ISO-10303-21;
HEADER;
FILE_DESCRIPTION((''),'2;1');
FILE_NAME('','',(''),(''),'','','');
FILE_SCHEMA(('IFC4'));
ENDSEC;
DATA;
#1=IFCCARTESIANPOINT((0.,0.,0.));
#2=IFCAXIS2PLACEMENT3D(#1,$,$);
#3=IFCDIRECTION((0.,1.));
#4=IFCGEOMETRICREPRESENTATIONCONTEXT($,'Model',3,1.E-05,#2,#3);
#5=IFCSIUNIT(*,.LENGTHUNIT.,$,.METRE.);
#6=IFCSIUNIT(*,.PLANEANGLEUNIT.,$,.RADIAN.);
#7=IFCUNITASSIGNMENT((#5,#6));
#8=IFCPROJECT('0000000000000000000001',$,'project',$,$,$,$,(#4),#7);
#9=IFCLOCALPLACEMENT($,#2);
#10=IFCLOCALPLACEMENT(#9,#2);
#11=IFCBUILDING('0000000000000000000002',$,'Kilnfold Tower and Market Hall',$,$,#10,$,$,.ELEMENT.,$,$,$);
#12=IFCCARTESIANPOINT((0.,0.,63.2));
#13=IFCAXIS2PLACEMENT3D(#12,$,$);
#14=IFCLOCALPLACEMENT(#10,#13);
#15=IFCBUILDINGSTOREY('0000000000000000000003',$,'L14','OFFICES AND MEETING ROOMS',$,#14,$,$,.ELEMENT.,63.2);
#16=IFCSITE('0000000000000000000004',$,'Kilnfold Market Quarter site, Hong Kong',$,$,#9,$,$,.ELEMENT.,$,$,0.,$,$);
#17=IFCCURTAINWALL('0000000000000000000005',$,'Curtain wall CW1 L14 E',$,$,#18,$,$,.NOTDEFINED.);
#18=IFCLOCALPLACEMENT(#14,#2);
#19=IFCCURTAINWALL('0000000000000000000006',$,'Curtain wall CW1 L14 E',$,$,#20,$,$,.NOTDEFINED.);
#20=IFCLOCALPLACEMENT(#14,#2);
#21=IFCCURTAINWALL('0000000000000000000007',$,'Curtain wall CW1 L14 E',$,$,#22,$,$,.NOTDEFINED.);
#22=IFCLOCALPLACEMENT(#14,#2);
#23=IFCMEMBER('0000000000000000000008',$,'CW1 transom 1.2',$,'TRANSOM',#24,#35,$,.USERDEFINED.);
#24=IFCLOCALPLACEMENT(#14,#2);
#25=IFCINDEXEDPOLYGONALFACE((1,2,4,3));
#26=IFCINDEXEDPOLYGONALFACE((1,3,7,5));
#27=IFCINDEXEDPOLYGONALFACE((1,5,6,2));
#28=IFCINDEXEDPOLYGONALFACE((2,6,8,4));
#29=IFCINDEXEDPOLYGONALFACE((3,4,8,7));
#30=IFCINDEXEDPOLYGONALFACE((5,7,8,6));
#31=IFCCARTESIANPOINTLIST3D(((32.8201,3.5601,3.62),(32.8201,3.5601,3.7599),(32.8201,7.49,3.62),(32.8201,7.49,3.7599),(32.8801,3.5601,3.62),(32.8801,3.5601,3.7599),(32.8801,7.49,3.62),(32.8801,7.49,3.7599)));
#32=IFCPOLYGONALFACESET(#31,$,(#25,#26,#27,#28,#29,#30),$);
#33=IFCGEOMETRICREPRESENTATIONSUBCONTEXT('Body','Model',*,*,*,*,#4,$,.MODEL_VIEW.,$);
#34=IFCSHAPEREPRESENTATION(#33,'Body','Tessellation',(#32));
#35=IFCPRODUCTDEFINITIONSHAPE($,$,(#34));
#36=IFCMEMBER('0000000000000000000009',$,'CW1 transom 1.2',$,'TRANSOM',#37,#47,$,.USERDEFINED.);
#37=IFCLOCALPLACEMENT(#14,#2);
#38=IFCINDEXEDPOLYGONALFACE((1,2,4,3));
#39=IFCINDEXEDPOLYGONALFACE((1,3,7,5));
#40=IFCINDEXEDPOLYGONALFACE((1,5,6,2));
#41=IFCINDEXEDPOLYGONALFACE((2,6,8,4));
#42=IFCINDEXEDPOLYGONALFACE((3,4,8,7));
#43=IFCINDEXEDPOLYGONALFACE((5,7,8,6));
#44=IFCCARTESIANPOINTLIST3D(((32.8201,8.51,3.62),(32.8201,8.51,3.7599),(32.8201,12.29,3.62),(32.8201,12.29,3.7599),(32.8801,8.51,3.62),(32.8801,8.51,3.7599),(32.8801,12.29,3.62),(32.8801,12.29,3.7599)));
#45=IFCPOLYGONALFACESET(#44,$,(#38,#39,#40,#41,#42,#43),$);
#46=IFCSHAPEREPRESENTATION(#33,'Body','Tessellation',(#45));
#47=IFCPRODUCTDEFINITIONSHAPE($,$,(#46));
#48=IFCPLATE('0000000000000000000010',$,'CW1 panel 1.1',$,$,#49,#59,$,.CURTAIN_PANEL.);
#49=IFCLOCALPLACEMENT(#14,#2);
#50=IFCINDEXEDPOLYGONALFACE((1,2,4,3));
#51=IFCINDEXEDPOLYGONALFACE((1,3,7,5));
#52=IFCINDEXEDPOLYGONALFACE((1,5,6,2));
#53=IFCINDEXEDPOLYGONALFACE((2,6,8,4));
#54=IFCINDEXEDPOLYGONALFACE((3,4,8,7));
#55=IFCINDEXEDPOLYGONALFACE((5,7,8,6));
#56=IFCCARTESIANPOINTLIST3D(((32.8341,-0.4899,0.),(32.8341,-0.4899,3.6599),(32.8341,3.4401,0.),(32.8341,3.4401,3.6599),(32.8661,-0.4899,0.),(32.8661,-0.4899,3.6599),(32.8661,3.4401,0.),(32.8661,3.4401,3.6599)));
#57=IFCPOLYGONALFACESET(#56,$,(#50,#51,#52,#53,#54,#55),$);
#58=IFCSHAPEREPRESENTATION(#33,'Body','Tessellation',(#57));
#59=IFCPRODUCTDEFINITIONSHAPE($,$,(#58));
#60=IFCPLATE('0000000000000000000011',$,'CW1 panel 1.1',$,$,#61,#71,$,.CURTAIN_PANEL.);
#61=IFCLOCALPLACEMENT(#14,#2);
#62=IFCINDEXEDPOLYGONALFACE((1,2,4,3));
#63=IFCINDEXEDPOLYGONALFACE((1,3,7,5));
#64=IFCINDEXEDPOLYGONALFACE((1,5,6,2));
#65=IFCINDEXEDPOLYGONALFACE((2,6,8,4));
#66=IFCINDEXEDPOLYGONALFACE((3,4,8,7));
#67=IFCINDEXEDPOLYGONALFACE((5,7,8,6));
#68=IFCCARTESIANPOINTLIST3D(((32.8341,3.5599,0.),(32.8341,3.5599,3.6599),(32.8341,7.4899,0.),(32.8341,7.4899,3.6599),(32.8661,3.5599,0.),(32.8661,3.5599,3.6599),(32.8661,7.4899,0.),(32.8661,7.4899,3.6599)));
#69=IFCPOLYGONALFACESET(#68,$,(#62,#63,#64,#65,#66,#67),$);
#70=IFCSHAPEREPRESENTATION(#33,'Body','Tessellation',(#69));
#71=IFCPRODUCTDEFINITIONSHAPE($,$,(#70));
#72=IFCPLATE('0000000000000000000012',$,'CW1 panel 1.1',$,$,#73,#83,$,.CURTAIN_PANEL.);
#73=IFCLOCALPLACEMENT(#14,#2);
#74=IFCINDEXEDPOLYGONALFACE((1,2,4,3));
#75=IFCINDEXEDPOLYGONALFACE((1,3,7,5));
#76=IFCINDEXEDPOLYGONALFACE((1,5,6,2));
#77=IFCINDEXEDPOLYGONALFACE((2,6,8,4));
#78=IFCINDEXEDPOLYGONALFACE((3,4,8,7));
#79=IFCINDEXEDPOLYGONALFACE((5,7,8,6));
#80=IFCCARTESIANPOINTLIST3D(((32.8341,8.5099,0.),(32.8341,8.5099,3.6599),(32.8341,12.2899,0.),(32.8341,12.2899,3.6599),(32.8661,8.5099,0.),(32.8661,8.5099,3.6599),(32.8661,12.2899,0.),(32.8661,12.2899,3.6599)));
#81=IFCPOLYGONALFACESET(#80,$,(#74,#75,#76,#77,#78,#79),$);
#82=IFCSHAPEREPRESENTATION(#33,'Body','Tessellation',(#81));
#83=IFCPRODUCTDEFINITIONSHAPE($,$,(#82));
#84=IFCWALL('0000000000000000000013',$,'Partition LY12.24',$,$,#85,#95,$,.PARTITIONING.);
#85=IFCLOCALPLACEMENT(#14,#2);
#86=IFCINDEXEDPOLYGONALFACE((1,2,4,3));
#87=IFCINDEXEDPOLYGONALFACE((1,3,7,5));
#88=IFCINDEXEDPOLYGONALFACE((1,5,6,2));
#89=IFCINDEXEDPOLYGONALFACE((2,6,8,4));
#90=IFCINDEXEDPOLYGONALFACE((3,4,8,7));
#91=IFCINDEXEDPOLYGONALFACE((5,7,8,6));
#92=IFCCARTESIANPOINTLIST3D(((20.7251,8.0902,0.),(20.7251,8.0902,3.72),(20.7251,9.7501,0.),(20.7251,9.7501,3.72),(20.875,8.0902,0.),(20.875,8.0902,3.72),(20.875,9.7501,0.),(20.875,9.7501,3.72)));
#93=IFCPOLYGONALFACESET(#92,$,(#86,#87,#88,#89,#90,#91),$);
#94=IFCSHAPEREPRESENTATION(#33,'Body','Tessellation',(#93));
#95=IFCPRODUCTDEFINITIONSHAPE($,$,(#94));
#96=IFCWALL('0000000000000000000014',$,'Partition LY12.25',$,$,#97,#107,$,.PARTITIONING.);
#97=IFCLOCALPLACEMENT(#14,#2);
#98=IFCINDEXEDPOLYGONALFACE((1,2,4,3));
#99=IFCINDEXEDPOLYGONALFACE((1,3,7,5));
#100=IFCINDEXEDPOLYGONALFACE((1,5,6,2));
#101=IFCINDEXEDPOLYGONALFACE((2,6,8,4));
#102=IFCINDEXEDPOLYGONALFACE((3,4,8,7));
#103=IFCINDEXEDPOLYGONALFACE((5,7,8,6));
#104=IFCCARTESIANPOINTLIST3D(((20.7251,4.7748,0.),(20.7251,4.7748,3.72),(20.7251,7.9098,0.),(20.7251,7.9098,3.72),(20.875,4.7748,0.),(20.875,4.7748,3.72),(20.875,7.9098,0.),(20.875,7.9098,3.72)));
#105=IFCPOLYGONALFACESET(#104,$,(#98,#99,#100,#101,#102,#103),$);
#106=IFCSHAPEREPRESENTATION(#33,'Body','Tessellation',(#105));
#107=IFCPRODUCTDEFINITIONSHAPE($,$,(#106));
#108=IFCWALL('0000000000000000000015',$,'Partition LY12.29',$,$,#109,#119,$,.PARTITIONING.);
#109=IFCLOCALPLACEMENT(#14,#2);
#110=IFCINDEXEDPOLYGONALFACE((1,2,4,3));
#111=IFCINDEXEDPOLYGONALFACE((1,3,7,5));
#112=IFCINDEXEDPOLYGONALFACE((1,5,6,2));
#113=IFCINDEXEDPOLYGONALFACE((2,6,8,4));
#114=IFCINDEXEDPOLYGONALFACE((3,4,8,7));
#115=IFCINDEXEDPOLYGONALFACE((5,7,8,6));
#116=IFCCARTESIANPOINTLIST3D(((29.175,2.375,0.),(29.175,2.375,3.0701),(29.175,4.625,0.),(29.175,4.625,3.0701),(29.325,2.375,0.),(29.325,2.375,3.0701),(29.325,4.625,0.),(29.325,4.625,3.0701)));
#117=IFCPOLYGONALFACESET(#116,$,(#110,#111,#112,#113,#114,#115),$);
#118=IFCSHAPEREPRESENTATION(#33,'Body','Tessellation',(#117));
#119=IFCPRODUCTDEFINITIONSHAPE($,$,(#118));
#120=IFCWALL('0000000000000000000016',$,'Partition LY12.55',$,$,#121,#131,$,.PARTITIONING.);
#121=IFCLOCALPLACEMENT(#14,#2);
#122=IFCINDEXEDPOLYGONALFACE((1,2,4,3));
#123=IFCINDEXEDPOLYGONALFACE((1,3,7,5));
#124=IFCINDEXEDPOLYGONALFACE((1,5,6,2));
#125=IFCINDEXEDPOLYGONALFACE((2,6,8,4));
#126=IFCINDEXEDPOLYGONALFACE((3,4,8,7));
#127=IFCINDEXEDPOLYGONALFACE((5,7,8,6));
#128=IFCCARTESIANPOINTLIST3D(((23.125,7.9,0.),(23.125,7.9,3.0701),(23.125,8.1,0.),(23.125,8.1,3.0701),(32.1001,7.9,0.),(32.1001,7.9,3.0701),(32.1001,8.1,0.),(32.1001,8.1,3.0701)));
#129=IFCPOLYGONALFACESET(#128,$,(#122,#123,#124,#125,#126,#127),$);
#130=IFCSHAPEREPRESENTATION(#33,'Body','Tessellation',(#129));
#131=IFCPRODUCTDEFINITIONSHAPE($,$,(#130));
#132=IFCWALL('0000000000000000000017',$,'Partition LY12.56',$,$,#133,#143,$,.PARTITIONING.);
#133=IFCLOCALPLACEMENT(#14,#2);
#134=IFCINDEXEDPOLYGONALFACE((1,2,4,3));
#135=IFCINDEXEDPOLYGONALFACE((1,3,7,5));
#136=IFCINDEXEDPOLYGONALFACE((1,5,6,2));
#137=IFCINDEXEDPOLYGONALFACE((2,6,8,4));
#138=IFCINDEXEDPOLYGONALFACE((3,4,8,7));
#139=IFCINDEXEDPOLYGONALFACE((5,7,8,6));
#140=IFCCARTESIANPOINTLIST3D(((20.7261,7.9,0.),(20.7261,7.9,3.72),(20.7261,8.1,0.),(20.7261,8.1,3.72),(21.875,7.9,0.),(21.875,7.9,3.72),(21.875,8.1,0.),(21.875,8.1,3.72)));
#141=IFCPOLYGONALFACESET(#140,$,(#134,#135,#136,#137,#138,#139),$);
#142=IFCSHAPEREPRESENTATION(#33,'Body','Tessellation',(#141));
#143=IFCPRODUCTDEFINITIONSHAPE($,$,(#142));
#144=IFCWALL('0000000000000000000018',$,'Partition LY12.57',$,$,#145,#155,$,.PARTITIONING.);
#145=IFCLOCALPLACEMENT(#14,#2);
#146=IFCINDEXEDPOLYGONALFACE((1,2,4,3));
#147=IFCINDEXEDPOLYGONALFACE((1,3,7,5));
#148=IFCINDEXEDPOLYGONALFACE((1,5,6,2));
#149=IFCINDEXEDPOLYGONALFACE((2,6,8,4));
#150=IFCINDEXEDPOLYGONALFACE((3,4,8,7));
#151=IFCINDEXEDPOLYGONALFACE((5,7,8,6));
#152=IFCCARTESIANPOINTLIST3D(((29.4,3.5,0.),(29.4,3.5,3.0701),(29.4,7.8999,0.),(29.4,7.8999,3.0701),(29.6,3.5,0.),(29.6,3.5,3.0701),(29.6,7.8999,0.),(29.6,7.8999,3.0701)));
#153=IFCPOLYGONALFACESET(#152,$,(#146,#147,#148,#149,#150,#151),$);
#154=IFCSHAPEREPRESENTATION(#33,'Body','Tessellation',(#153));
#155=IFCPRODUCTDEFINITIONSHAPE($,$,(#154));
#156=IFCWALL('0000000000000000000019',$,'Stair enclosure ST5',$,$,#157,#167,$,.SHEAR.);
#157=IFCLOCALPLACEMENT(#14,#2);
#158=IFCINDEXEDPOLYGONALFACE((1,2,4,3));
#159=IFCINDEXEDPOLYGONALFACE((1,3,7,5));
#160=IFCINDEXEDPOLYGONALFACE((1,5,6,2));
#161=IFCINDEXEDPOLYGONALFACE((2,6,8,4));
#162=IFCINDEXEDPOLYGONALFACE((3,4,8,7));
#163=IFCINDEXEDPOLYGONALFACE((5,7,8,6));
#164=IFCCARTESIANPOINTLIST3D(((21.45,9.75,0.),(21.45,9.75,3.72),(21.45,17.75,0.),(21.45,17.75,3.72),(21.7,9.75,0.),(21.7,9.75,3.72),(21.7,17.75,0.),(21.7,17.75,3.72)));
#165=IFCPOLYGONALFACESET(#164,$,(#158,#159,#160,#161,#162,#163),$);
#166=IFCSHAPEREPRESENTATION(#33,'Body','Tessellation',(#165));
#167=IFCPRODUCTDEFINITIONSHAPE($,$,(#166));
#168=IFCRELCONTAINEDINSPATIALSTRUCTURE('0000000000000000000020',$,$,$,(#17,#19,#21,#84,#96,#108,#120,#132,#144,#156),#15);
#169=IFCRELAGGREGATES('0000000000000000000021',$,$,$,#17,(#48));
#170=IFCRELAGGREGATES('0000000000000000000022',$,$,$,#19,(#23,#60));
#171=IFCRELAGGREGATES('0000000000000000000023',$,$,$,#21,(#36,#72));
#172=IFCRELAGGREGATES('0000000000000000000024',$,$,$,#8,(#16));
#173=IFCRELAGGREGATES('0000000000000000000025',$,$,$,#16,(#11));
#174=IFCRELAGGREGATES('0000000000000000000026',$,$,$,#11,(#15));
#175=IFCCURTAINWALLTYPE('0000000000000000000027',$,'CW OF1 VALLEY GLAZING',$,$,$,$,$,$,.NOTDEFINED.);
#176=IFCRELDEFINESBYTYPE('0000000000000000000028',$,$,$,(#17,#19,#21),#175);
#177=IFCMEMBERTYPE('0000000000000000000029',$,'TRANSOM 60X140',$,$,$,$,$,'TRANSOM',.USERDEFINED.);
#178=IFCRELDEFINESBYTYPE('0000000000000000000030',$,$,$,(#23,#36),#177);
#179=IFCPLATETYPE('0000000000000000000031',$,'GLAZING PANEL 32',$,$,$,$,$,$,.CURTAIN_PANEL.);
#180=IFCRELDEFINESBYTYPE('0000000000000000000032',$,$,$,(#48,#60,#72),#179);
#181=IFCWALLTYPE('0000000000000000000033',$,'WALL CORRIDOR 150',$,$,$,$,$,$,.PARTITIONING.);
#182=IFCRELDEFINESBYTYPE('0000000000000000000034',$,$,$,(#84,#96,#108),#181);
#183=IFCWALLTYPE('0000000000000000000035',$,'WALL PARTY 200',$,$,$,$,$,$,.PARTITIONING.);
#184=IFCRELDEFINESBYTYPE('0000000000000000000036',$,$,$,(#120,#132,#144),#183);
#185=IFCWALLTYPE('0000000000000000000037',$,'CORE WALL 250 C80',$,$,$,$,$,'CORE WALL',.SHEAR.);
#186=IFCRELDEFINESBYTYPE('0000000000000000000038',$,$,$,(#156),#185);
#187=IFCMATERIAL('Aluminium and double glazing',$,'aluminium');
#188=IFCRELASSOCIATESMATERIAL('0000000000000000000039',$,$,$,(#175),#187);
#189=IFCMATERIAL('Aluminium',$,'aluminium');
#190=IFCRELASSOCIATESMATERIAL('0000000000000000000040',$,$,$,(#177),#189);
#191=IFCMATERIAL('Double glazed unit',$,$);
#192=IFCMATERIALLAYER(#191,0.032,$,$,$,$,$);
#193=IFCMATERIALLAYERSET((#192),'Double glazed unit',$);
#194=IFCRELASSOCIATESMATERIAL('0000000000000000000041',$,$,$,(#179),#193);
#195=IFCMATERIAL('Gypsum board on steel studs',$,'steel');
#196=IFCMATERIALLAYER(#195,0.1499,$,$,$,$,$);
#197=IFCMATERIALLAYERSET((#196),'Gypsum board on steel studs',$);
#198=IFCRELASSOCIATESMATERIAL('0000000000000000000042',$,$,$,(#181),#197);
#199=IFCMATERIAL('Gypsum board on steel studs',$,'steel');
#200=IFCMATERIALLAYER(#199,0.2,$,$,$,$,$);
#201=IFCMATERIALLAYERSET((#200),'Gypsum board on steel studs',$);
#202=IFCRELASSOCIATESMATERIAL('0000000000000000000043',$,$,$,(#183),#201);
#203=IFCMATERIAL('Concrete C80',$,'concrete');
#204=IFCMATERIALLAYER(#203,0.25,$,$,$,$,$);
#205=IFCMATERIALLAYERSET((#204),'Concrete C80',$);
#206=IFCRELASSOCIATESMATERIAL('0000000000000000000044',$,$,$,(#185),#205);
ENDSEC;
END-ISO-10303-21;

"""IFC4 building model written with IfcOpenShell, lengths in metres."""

from ifc_helpers import new_model, si_unit, direction, frame, frame_2d, origin, origin_2d, place, context, subcontext, project, spatial, rectangle, extrude, source, transform, mapped, material, layer, layer_set, material_profile, profile_set, type_object, element, aggregate, save


model = new_model("IFC4")

# Units and contexts
model_context = context("Model", 3, precision=1e-05, world=origin(), true_north=direction((0.0, 1.0)))
body_context = subcontext(model_context, "Body", "Model", "MODEL_VIEW")
ifc_project = project(units=[si_unit("LENGTHUNIT", "METRE"), si_unit("PLANEANGLEUNIT", "RADIAN")], contexts=[model_context])

# Site, building, storey
site_placement = place(None, origin())
site = spatial("IfcSite", under=ifc_project, at=site_placement, Name="Kilnfold Market Quarter site, Hong Kong", CompositionType="ELEMENT", RefElevation=0.0)
building_placement = place(site_placement, origin())
building = spatial("IfcBuilding", under=site, at=building_placement, Name="Kilnfold Tower and Market Hall", CompositionType="ELEMENT")
storey_placement = place(building_placement, frame((0.0, 0.0, 63.2)))
storey = spatial("IfcBuildingStorey", under=building, at=storey_placement, Name="L14", Description="OFFICES AND MEETING ROOMS", CompositionType="ELEMENT", Elevation=63.2)

# Curtain walls
ifc_material_1 = material(Name="Aluminium and double glazing", Category="aluminium")
curtain_wall_type = type_object("IfcCurtainWallType", Name="CW OF1 VALLEY GLAZING", PredefinedType="NOTDEFINED", material=ifc_material_1)
curtain_wall_1_placement = place(storey_placement, origin())
curtain_wall_1 = element("IfcCurtainWall", 1, at=curtain_wall_1_placement, inside=storey, type_object=curtain_wall_type, Name="Curtain wall CW1 L14 E", PredefinedType="NOTDEFINED")
curtain_wall_2_placement = place(storey_placement, origin())
curtain_wall_2 = element("IfcCurtainWall", 2, at=curtain_wall_2_placement, inside=storey, type_object=curtain_wall_type, Name="Curtain wall CW1 L14 E", PredefinedType="NOTDEFINED")

# Curtain wall
curtain_wall_3_placement = place(storey_placement, origin())
curtain_wall_3 = element("IfcCurtainWall", 3, at=curtain_wall_3_placement, inside=storey, type_object=curtain_wall_type, Name="Curtain wall CW1 L14 E", PredefinedType="NOTDEFINED")

# Members
ifc_material_2 = material(Name="Aluminium", Category="aluminium")
ifc_material_profile_1 = material_profile(ifc_material_2, rectangle(XDim=0.0601, YDim=0.1399, at=origin_2d()), Name="TRANSOM 60x140")
ifc_profile_set_1 = profile_set([ifc_material_profile_1], Name="Aluminium")
member_type_1 = type_object("IfcMemberType", Name="TRANSOM 60X140", ElementType="TRANSOM", PredefinedType="USERDEFINED", material=ifc_profile_set_1)
shared_shape_1 = source(origin(), body_context, "Body", "SweptSolid", [
    extrude(rectangle(XDim=0.0601, YDim=0.1399, at=origin_2d()), origin(), (0.0, 0.0, 1.0), 3.9299),
])
member_1_placement = place(storey_placement, frame((32.8501, 3.5601, 3.6899), z_axis=(0.0, 1.0, 0.0), x_axis=(-1.0, 0.0, 0.0)))
member_1 = element("IfcMember", 4, at=member_1_placement, type_object=member_type_1, Name="CW1 transom 1.2", ObjectType="TRANSOM", PredefinedType="USERDEFINED", context=body_context, shape_type="MappedRepresentation", body=[
    mapped(shared_shape_1, transform((0.0, 0.0, 0.0))),
])
shared_shape_2 = source(origin(), body_context, "Body", "SweptSolid", [
    extrude(rectangle(XDim=0.0601, YDim=0.1399, at=origin_2d()), origin(), (0.0, 0.0, 1.0), 3.78),
])
member_2_placement = place(storey_placement, frame((32.8501, 8.51, 3.6899), z_axis=(0.0, 1.0, 0.0), x_axis=(-1.0, 0.0, 0.0)))
member_2 = element("IfcMember", 5, at=member_2_placement, type_object=member_type_1, Name="CW1 transom 1.2", ObjectType="TRANSOM", PredefinedType="USERDEFINED", context=body_context, shape_type="MappedRepresentation", body=[
    mapped(shared_shape_2, transform((0.0, 0.0, 0.0))),
])

# Plates
ifc_material_3 = material(Name="Double glazed unit")
ifc_layer_1 = layer(ifc_material_3, 0.032)
ifc_layer_set_1 = layer_set([ifc_layer_1], Name="Double glazed unit")
plate_type = type_object("IfcPlateType", Name="GLAZING PANEL 32", PredefinedType="CURTAIN_PANEL", material=ifc_layer_set_1)
shared_shape_3 = source(origin(), body_context, "Body", "SweptSolid", [
    extrude(rectangle(XDim=3.9299, YDim=0.032, at=origin_2d()), origin(), (0.0, 0.0, 1.0), 3.6599),
])
plate_1_placement = place(storey_placement, frame((32.8501, 1.4751, 0.0), z_axis=(0.0, 0.0, 1.0), x_axis=(0.0, 1.0, 0.0)))
plate_1 = element("IfcPlate", 6, at=plate_1_placement, type_object=plate_type, Name="CW1 panel 1.1", PredefinedType="CURTAIN_PANEL", context=body_context, shape_type="MappedRepresentation", body=[
    mapped(shared_shape_3, transform((0.0, 0.0, 0.0))),
])
aggregate(curtain_wall_1, [plate_1])
plate_2_placement = place(storey_placement, frame((32.8501, 5.5249, 0.0), z_axis=(0.0, 0.0, 1.0), x_axis=(0.0, 1.0, 0.0)))
plate_2 = element("IfcPlate", 7, at=plate_2_placement, type_object=plate_type, Name="CW1 panel 1.1", PredefinedType="CURTAIN_PANEL", context=body_context, shape_type="MappedRepresentation", body=[
    mapped(shared_shape_3, transform((0.0, 0.0, 0.0))),
])
aggregate(curtain_wall_2, [member_1, plate_2])
shared_shape_4 = source(origin(), body_context, "Body", "SweptSolid", [
    extrude(rectangle(XDim=3.78, YDim=0.032, at=origin_2d()), origin(), (0.0, 0.0, 1.0), 3.6599),
])
plate_3_placement = place(storey_placement, frame((32.8501, 10.3999, 0.0), z_axis=(0.0, 0.0, 1.0), x_axis=(0.0, 1.0, 0.0)))
plate_3 = element("IfcPlate", 8, at=plate_3_placement, type_object=plate_type, Name="CW1 panel 1.1", PredefinedType="CURTAIN_PANEL", context=body_context, shape_type="MappedRepresentation", body=[
    mapped(shared_shape_4, transform((0.0, 0.0, 0.0))),
])
aggregate(curtain_wall_3, [member_2, plate_3])

# Walls
ifc_material_4 = material(Name="Gypsum board on steel studs", Category="steel")
ifc_layer_2 = layer(ifc_material_4, 0.1499)
ifc_layer_set_2 = layer_set([ifc_layer_2], Name="Gypsum board on steel studs")
wall_type_1 = type_object("IfcWallType", Name="WALL CORRIDOR 150", PredefinedType="PARTITIONING", material=ifc_layer_set_2)
wall_1_placement = place(storey_placement, frame((20.8, 8.0901, 0.0), z_axis=(0.0, 0.0, 1.0), x_axis=(0.0, 1.0, 0.0)))
element("IfcWall", 9, at=wall_1_placement, inside=storey, type_object=wall_type_1, Name="Partition LY12.24", PredefinedType="PARTITIONING", context=body_context, shape_type="SweptSolid", body=[
    extrude(rectangle(XDim=1.6599, YDim=0.1499, at=frame_2d((0.8301, 0.0))), origin(), (0.0, 0.0, 1.0), 3.72),
])
wall_2_placement = place(storey_placement, frame((20.8, 4.7749, 0.0), z_axis=(0.0, 0.0, 1.0), x_axis=(0.0, 1.0, 0.0)))
element("IfcWall", 10, at=wall_2_placement, inside=storey, type_object=wall_type_1, Name="Partition LY12.25", PredefinedType="PARTITIONING", context=body_context, shape_type="SweptSolid", body=[
    extrude(rectangle(XDim=3.135, YDim=0.1499, at=frame_2d((1.5674, 0.0))), origin(), (0.0, 0.0, 1.0), 3.72),
])
wall_3_placement = place(storey_placement, frame((29.25, 2.375, 0.0), z_axis=(0.0, 0.0, 1.0), x_axis=(0.0, 1.0, 0.0)))
element("IfcWall", 11, at=wall_3_placement, inside=storey, type_object=wall_type_1, Name="Partition LY12.29", PredefinedType="PARTITIONING", context=body_context, shape_type="SweptSolid", body=[
    extrude(rectangle(XDim=2.25, YDim=0.1499, at=frame_2d((1.125, 0.0))), origin(), (0.0, 0.0, 1.0), 3.0701),
])
ifc_material_5 = material(Name="Gypsum board on steel studs", Category="steel")
ifc_layer_3 = layer(ifc_material_5, 0.2)
ifc_layer_set_3 = layer_set([ifc_layer_3], Name="Gypsum board on steel studs")
wall_type_2 = type_object("IfcWallType", Name="WALL PARTY 200", PredefinedType="PARTITIONING", material=ifc_layer_set_3)
wall_4_placement = place(storey_placement, frame((23.125, 8.0, 0.0), z_axis=(0.0, 0.0, 1.0), x_axis=(1.0, 0.0, 0.0)))
element("IfcWall", 12, at=wall_4_placement, inside=storey, type_object=wall_type_2, Name="Partition LY12.55", PredefinedType="PARTITIONING", context=body_context, shape_type="SweptSolid", body=[
    extrude(rectangle(XDim=8.9751, YDim=0.2, at=frame_2d((4.4875, 0.0))), origin(), (0.0, 0.0, 1.0), 3.0701),
])
wall_5_placement = place(storey_placement, frame((20.7261, 8.0, 0.0), z_axis=(0.0, 0.0, 1.0), x_axis=(1.0, 0.0, 0.0)))
element("IfcWall", 13, at=wall_5_placement, inside=storey, type_object=wall_type_2, Name="Partition LY12.56", PredefinedType="PARTITIONING", context=body_context, shape_type="SweptSolid", body=[
    extrude(rectangle(XDim=1.1489, YDim=0.2, at=frame_2d((0.5745, 0.0))), origin(), (0.0, 0.0, 1.0), 3.72),
])
wall_6_placement = place(storey_placement, frame((29.5, 3.5, 0.0), z_axis=(0.0, 0.0, 1.0), x_axis=(0.0, 1.0, 0.0)))
element("IfcWall", 14, at=wall_6_placement, inside=storey, type_object=wall_type_2, Name="Partition LY12.57", PredefinedType="PARTITIONING", context=body_context, shape_type="SweptSolid", body=[
    extrude(rectangle(XDim=4.3999, YDim=0.2, at=frame_2d((2.2, 0.0))), origin(), (0.0, 0.0, 1.0), 3.0701),
])
ifc_material_6 = material(Name="Concrete C80", Category="concrete")
ifc_layer_4 = layer(ifc_material_6, 0.25)
ifc_layer_set_4 = layer_set([ifc_layer_4], Name="Concrete C80")
wall_type_3 = type_object("IfcWallType", Name="CORE WALL 250 C80", ElementType="CORE WALL", PredefinedType="SHEAR", material=ifc_layer_set_4)
shared_shape_5 = source(origin(), body_context, "Body", "SweptSolid", [
    extrude(rectangle(XDim=8.0, YDim=0.25, at=frame_2d((4.0, 0.0))), origin(), (0.0, 0.0, 1.0), 3.72),
])
wall_7_placement = place(storey_placement, frame((21.575, 9.75, 0.0), z_axis=(0.0, 0.0, 1.0), x_axis=(0.0, 1.0, 0.0)))
element("IfcWall", 15, at=wall_7_placement, inside=storey, type_object=wall_type_3, Name="Stair enclosure ST5", PredefinedType="SHEAR", context=body_context, shape_type="MappedRepresentation", body=[
    mapped(shared_shape_5, transform((0.0, 0.0, 0.0))),
])

save(model, "model.ifc")
